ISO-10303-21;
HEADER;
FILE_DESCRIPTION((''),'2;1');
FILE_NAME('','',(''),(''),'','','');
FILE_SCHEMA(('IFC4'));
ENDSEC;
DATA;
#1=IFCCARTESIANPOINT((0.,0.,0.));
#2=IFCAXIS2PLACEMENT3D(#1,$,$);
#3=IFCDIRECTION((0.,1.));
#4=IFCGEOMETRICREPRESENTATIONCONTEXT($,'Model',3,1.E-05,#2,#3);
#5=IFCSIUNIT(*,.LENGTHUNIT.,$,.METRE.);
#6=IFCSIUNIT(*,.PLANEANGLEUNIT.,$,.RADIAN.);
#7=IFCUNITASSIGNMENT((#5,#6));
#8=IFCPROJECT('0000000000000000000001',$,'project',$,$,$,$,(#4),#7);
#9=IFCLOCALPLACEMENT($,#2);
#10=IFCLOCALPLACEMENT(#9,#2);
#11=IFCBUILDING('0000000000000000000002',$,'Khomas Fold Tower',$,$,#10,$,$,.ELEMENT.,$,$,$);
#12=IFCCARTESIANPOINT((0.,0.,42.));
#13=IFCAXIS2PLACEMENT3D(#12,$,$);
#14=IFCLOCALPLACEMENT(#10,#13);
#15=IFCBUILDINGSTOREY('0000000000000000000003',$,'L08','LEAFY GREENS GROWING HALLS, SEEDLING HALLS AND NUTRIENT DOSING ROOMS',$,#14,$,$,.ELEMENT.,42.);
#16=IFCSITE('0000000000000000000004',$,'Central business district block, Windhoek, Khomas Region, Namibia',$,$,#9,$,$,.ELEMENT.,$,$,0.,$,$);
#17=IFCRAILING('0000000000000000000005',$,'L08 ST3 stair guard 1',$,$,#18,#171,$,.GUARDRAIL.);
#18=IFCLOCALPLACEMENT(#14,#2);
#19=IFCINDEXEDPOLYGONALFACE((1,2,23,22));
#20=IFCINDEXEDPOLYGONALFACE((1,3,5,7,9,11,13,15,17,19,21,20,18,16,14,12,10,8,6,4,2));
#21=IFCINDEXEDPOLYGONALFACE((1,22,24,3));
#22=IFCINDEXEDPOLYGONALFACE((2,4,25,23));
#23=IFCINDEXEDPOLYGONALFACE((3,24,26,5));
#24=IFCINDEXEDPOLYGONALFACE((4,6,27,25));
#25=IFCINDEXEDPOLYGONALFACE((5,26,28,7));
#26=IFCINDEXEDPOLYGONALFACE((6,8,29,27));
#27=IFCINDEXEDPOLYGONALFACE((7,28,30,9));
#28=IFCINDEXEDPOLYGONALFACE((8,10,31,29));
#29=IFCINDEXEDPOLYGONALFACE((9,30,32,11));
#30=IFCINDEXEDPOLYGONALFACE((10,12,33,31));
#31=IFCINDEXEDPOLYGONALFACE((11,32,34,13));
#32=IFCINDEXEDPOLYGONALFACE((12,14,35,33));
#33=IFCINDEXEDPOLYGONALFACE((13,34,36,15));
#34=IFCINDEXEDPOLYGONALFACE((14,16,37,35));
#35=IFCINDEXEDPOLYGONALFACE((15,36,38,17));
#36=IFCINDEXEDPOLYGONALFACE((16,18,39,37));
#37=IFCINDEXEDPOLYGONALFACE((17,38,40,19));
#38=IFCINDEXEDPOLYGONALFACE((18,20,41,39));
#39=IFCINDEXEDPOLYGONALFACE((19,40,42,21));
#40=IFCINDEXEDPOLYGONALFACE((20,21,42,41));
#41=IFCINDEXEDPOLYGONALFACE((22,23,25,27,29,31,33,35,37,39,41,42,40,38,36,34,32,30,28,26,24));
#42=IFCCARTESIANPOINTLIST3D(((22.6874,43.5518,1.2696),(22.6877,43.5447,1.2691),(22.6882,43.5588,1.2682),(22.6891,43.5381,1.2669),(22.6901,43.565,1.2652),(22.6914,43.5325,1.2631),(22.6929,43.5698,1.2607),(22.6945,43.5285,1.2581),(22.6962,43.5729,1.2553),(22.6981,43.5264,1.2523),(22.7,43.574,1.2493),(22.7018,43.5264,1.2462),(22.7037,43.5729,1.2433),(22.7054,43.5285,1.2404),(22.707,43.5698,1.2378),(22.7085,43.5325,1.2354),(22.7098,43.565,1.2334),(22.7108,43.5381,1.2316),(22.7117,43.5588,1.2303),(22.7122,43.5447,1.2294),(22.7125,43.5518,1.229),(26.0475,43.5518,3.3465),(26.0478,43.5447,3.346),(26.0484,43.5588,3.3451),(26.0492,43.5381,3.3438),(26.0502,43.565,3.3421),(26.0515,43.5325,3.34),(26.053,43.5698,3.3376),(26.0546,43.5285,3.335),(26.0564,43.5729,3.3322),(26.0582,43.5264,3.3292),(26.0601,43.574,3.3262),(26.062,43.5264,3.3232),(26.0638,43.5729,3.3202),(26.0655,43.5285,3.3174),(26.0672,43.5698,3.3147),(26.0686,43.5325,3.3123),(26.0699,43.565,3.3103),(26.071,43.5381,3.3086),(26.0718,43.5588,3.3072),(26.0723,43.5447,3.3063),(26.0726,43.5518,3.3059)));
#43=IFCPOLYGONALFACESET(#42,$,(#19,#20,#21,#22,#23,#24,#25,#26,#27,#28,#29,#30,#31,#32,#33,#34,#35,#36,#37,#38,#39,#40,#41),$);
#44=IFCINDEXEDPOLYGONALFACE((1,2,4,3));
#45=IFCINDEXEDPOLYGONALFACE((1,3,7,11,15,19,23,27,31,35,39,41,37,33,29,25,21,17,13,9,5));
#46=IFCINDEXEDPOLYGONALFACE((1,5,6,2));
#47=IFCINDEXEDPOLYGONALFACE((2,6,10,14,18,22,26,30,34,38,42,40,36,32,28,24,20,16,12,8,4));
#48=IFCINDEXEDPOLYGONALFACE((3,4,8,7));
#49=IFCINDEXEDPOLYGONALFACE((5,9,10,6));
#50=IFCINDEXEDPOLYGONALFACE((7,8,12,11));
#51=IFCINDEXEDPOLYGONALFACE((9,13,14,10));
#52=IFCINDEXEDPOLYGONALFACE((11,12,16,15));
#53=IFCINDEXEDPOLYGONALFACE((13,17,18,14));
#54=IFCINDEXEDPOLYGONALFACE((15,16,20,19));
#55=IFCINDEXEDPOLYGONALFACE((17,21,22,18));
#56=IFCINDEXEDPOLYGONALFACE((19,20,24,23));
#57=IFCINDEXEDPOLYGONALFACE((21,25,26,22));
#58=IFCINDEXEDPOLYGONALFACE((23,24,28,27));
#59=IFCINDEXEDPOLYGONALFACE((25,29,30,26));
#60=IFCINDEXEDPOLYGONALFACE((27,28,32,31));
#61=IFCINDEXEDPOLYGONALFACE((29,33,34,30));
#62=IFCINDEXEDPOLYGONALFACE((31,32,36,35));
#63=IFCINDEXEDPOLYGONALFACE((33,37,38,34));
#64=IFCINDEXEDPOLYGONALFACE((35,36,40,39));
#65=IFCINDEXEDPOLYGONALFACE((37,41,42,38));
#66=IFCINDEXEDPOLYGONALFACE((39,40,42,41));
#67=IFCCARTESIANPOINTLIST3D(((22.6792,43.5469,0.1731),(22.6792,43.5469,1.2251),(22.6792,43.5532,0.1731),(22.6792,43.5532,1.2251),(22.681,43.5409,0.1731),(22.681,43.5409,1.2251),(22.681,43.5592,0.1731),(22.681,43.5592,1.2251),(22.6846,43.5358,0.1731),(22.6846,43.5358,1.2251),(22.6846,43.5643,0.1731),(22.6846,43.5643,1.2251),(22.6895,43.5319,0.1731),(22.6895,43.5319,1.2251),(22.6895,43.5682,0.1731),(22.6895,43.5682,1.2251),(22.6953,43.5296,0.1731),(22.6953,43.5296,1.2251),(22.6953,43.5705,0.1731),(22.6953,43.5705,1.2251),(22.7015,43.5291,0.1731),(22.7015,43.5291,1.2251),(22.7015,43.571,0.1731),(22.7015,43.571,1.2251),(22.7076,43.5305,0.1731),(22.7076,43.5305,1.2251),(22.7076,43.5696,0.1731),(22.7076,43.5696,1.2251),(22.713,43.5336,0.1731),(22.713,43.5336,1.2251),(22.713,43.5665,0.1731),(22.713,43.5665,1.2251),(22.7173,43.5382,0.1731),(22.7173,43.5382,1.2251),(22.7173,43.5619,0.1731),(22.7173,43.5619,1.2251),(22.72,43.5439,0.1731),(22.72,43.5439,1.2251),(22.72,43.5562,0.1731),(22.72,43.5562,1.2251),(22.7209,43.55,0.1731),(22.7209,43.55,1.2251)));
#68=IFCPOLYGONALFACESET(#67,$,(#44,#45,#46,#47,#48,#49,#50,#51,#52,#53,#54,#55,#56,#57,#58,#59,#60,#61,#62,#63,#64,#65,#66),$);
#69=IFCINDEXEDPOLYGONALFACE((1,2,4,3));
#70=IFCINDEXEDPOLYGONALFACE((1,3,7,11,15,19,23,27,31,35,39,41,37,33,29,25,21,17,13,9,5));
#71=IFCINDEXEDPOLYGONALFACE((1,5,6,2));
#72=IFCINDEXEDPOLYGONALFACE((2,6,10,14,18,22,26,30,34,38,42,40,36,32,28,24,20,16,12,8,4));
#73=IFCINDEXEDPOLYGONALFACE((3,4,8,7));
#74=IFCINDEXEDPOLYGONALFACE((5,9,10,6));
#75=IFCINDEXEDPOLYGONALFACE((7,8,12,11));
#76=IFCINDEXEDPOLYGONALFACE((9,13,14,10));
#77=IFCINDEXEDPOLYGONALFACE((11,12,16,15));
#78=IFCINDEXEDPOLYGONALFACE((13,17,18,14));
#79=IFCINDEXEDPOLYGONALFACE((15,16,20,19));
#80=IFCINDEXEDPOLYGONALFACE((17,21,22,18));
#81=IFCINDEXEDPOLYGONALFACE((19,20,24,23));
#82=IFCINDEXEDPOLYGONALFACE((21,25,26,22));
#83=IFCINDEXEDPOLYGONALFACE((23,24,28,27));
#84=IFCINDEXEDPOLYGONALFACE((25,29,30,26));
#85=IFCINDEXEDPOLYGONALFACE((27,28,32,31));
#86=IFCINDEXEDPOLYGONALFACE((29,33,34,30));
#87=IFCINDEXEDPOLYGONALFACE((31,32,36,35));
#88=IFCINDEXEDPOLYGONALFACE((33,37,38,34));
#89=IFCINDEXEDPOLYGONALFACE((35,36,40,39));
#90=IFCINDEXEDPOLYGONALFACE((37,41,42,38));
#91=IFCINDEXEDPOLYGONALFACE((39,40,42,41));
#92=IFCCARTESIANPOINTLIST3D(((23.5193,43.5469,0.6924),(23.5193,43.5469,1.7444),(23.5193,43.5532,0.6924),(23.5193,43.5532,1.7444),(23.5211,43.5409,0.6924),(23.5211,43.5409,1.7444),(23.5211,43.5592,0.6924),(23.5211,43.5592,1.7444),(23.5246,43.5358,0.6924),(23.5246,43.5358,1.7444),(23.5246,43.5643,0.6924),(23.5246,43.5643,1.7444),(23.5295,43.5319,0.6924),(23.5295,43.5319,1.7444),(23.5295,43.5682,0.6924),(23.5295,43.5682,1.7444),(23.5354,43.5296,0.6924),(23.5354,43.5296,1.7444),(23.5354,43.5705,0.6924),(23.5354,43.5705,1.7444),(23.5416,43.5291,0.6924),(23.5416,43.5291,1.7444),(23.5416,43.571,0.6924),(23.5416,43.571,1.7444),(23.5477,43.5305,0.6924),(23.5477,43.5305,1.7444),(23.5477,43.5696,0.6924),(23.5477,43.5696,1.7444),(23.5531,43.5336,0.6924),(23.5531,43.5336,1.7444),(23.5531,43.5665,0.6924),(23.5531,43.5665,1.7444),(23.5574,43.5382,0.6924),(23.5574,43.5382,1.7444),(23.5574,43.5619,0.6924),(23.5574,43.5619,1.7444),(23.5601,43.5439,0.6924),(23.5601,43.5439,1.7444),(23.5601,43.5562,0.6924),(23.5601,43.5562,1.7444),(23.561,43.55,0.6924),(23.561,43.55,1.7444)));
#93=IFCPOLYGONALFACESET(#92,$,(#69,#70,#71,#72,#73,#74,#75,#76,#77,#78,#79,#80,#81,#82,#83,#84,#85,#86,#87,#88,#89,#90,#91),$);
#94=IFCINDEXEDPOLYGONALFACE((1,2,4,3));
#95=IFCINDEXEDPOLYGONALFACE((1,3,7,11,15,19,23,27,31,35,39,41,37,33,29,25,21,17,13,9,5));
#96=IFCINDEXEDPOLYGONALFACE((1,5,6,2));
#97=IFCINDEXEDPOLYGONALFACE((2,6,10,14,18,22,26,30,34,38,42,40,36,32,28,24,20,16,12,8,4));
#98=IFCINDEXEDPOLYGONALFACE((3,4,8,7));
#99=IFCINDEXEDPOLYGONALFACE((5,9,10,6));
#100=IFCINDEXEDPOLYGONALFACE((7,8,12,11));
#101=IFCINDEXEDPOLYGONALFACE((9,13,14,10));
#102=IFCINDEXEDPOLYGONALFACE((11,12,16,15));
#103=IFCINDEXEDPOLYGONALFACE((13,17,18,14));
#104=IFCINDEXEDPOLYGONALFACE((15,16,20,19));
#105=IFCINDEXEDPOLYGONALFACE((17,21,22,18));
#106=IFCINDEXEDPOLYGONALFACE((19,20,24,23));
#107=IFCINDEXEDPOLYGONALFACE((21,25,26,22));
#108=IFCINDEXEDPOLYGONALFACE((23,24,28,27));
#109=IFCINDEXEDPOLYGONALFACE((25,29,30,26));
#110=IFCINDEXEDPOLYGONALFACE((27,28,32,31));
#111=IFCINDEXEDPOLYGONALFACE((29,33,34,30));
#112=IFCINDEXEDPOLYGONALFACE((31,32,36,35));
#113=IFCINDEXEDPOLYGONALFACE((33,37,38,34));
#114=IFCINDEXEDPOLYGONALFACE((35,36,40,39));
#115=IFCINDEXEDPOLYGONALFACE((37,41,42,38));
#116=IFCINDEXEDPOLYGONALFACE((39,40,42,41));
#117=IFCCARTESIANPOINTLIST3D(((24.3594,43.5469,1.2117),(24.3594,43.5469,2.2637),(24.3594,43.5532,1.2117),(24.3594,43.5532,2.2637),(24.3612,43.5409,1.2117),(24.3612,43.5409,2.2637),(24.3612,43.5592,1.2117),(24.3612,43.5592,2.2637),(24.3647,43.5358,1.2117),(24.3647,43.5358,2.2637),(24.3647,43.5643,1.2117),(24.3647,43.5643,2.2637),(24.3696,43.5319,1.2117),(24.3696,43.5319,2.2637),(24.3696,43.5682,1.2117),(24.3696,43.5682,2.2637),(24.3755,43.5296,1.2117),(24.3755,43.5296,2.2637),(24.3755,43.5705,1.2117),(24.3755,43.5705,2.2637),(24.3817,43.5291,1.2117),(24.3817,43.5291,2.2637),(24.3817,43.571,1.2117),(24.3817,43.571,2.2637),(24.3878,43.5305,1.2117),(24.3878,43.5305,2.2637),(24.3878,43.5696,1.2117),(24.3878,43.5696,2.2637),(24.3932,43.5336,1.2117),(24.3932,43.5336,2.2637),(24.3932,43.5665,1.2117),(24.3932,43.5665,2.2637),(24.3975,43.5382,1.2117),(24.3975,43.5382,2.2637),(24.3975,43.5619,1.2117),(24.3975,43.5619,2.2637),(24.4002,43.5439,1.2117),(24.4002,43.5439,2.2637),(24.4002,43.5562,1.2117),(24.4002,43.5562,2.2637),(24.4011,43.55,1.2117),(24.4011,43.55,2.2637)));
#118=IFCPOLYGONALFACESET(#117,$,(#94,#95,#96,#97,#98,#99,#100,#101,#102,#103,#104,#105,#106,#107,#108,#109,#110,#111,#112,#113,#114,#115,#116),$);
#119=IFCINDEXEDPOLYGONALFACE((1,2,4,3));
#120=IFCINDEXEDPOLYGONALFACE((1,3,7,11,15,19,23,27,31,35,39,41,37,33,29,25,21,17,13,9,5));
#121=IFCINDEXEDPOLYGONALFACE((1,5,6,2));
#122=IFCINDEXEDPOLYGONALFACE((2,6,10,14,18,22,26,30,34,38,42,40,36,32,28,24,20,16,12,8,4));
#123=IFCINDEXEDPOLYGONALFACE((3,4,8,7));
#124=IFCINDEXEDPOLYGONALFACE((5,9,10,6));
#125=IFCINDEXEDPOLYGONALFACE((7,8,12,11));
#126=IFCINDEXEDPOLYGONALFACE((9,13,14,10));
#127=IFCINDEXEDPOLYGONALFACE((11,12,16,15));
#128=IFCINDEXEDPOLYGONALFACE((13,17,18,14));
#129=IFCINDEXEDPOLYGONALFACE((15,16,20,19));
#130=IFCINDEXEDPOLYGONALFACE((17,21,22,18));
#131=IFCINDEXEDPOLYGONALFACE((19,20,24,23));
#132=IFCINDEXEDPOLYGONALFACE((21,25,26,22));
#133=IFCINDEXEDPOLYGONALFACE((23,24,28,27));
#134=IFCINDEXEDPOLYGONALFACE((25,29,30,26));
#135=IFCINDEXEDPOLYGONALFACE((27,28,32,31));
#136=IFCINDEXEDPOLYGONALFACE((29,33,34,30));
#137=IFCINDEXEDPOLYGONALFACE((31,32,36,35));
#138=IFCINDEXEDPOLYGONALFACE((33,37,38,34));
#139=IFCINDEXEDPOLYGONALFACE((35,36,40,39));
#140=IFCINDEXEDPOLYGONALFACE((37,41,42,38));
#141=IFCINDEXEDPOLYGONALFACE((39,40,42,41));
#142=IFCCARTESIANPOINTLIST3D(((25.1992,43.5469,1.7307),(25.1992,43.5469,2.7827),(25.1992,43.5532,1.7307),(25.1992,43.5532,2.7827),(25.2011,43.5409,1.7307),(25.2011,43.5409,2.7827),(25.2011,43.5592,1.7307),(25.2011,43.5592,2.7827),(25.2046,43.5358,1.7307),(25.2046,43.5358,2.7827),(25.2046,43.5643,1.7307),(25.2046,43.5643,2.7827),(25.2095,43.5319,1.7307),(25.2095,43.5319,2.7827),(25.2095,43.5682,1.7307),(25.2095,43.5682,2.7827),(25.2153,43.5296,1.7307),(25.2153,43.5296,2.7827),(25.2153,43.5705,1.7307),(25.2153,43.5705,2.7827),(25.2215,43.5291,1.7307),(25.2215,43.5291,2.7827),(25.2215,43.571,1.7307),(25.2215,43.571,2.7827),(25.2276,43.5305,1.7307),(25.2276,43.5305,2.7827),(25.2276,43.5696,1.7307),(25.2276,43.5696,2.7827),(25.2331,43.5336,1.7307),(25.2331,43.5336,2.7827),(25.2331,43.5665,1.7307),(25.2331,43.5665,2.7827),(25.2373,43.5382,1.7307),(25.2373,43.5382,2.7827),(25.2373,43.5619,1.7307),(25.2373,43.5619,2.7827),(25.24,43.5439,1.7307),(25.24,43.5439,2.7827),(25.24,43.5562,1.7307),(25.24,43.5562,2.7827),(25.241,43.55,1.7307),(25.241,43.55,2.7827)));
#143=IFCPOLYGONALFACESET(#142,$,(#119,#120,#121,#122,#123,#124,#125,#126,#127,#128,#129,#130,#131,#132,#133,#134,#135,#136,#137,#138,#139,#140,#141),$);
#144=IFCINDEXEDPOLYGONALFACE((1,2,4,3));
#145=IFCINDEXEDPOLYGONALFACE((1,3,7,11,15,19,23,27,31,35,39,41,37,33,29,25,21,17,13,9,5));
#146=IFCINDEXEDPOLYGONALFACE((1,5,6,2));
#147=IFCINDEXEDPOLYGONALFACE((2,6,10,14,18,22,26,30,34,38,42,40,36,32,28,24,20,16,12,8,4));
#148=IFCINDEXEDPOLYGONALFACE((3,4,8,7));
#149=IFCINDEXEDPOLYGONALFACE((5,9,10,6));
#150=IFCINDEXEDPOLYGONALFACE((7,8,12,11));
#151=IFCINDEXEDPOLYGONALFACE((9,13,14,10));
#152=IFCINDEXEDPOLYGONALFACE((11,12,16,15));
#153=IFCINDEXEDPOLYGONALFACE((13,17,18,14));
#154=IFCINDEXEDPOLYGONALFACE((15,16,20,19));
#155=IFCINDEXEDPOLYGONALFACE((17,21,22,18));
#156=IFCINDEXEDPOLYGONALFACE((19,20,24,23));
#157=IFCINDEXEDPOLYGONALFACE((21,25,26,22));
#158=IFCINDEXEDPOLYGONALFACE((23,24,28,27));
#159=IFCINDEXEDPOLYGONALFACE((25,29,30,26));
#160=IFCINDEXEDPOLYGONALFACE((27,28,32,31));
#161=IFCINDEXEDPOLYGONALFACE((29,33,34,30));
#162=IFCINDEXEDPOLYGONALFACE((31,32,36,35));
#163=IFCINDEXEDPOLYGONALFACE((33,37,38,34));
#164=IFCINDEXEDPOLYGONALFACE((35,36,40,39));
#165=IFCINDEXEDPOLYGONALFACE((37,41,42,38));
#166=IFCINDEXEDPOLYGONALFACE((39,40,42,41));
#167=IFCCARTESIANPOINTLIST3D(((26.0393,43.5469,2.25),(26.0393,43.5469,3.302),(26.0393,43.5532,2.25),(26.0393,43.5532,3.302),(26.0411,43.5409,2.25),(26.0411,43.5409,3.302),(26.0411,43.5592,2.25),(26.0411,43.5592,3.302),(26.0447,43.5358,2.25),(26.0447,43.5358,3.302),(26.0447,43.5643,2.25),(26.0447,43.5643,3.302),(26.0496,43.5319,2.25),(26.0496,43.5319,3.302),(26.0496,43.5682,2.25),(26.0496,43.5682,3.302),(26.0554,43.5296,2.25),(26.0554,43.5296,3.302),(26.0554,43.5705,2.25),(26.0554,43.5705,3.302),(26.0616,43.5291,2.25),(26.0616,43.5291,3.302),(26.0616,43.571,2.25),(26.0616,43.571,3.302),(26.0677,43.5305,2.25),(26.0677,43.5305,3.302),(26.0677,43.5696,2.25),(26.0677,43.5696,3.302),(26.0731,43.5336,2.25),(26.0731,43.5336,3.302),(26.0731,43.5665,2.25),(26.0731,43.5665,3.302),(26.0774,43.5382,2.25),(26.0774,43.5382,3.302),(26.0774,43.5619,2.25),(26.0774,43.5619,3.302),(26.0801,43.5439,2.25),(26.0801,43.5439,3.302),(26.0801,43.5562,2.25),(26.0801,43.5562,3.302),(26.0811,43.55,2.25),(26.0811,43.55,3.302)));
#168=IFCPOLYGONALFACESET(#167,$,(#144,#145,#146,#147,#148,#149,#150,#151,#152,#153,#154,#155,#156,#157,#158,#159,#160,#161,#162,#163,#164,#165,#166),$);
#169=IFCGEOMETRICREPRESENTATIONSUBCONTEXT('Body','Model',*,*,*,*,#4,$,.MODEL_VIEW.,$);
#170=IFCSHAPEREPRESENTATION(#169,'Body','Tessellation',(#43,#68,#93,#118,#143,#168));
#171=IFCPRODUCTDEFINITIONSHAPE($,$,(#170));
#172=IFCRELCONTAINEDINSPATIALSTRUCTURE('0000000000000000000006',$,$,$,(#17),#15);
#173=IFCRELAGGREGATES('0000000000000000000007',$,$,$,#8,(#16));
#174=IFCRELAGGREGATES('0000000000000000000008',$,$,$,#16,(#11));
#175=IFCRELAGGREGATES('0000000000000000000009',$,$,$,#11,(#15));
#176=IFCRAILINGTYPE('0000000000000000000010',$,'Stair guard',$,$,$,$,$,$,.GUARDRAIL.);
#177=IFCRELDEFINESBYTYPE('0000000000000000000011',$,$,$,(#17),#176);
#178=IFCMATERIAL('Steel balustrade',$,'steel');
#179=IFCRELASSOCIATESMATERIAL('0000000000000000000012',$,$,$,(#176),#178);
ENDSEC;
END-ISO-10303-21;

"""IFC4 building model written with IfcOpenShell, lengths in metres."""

from ifc_helpers import new_model, si_unit, direction, frame, origin, origin_2d, place, context, subcontext, project, spatial, circle, extrude, source, transform, mapped, material, type_object, element, save


model = new_model("IFC4")

# Units and contexts
model_context = context("Model", 3, precision=1e-05, world=origin(), true_north=direction((0.0, 1.0)))
body_context = subcontext(model_context, "Body", "Model", "MODEL_VIEW")
ifc_project = project(units=[si_unit("LENGTHUNIT", "METRE"), si_unit("PLANEANGLEUNIT", "RADIAN")], contexts=[model_context])

# Site, building, storey
site_placement = place(None, origin())
site = spatial("IfcSite", under=ifc_project, at=site_placement, Name="Central business district block, Windhoek, Khomas Region, Namibia", CompositionType="ELEMENT", RefElevation=0.0)
building_placement = place(site_placement, origin())
building = spatial("IfcBuilding", under=site, at=building_placement, Name="Khomas Fold Tower", CompositionType="ELEMENT")
storey_placement = place(building_placement, frame((0.0, 0.0, 42.0)))
storey = spatial("IfcBuildingStorey", under=building, at=storey_placement, Name="L08", Description="LEAFY GREENS GROWING HALLS, SEEDLING HALLS AND NUTRIENT DOSING ROOMS", CompositionType="ELEMENT", Elevation=42.0)

# Railing
ifc_material_1 = material(Name="Steel balustrade", Category="steel")
railing_type_1 = type_object("IfcRailingType", Name="Stair guard", PredefinedType="GUARDRAIL", material=ifc_material_1)
shared_shape_1 = source(origin(), body_context, "Body", "SweptSolid", [
    extrude(circle(Radius=0.0239, at=origin_2d()), frame((0.0, 0.0, 1.0762), z_axis=(0.850623, 0.0, 0.525776), x_axis=(0.0, 1.0, 0.0)), (0.0, 0.0, 1.0), 3.9502),
    extrude(circle(Radius=0.021, at=origin_2d()), origin(), (0.0, 0.0, 1.0), 1.052),
    extrude(circle(Radius=0.021, at=origin_2d()), frame((0.8401, 0.0, 0.5193)), (0.0, 0.0, 1.0), 1.052),
    extrude(circle(Radius=0.021, at=origin_2d()), frame((1.6802, 0.0, 1.0386)), (0.0, 0.0, 1.0), 1.052),
    extrude(circle(Radius=0.021, at=origin_2d()), frame((2.52, 0.0, 1.5576)), (0.0, 0.0, 1.0), 1.052),
    extrude(circle(Radius=0.021, at=origin_2d()), frame((3.3601, 0.0, 2.0769)), (0.0, 0.0, 1.0), 1.052),
])
railing_1_placement = place(storey_placement, frame((22.7, 43.55, 0.1731)))
element("IfcRailing", 1, at=railing_1_placement, inside=storey, type_object=railing_type_1, Name="L08 ST3 stair guard 1", PredefinedType="GUARDRAIL", context=body_context, shape_type="MappedRepresentation", body=[
    mapped(shared_shape_1, transform((0.0, 0.0, 0.0))),
])

save(model, "model.ifc")
